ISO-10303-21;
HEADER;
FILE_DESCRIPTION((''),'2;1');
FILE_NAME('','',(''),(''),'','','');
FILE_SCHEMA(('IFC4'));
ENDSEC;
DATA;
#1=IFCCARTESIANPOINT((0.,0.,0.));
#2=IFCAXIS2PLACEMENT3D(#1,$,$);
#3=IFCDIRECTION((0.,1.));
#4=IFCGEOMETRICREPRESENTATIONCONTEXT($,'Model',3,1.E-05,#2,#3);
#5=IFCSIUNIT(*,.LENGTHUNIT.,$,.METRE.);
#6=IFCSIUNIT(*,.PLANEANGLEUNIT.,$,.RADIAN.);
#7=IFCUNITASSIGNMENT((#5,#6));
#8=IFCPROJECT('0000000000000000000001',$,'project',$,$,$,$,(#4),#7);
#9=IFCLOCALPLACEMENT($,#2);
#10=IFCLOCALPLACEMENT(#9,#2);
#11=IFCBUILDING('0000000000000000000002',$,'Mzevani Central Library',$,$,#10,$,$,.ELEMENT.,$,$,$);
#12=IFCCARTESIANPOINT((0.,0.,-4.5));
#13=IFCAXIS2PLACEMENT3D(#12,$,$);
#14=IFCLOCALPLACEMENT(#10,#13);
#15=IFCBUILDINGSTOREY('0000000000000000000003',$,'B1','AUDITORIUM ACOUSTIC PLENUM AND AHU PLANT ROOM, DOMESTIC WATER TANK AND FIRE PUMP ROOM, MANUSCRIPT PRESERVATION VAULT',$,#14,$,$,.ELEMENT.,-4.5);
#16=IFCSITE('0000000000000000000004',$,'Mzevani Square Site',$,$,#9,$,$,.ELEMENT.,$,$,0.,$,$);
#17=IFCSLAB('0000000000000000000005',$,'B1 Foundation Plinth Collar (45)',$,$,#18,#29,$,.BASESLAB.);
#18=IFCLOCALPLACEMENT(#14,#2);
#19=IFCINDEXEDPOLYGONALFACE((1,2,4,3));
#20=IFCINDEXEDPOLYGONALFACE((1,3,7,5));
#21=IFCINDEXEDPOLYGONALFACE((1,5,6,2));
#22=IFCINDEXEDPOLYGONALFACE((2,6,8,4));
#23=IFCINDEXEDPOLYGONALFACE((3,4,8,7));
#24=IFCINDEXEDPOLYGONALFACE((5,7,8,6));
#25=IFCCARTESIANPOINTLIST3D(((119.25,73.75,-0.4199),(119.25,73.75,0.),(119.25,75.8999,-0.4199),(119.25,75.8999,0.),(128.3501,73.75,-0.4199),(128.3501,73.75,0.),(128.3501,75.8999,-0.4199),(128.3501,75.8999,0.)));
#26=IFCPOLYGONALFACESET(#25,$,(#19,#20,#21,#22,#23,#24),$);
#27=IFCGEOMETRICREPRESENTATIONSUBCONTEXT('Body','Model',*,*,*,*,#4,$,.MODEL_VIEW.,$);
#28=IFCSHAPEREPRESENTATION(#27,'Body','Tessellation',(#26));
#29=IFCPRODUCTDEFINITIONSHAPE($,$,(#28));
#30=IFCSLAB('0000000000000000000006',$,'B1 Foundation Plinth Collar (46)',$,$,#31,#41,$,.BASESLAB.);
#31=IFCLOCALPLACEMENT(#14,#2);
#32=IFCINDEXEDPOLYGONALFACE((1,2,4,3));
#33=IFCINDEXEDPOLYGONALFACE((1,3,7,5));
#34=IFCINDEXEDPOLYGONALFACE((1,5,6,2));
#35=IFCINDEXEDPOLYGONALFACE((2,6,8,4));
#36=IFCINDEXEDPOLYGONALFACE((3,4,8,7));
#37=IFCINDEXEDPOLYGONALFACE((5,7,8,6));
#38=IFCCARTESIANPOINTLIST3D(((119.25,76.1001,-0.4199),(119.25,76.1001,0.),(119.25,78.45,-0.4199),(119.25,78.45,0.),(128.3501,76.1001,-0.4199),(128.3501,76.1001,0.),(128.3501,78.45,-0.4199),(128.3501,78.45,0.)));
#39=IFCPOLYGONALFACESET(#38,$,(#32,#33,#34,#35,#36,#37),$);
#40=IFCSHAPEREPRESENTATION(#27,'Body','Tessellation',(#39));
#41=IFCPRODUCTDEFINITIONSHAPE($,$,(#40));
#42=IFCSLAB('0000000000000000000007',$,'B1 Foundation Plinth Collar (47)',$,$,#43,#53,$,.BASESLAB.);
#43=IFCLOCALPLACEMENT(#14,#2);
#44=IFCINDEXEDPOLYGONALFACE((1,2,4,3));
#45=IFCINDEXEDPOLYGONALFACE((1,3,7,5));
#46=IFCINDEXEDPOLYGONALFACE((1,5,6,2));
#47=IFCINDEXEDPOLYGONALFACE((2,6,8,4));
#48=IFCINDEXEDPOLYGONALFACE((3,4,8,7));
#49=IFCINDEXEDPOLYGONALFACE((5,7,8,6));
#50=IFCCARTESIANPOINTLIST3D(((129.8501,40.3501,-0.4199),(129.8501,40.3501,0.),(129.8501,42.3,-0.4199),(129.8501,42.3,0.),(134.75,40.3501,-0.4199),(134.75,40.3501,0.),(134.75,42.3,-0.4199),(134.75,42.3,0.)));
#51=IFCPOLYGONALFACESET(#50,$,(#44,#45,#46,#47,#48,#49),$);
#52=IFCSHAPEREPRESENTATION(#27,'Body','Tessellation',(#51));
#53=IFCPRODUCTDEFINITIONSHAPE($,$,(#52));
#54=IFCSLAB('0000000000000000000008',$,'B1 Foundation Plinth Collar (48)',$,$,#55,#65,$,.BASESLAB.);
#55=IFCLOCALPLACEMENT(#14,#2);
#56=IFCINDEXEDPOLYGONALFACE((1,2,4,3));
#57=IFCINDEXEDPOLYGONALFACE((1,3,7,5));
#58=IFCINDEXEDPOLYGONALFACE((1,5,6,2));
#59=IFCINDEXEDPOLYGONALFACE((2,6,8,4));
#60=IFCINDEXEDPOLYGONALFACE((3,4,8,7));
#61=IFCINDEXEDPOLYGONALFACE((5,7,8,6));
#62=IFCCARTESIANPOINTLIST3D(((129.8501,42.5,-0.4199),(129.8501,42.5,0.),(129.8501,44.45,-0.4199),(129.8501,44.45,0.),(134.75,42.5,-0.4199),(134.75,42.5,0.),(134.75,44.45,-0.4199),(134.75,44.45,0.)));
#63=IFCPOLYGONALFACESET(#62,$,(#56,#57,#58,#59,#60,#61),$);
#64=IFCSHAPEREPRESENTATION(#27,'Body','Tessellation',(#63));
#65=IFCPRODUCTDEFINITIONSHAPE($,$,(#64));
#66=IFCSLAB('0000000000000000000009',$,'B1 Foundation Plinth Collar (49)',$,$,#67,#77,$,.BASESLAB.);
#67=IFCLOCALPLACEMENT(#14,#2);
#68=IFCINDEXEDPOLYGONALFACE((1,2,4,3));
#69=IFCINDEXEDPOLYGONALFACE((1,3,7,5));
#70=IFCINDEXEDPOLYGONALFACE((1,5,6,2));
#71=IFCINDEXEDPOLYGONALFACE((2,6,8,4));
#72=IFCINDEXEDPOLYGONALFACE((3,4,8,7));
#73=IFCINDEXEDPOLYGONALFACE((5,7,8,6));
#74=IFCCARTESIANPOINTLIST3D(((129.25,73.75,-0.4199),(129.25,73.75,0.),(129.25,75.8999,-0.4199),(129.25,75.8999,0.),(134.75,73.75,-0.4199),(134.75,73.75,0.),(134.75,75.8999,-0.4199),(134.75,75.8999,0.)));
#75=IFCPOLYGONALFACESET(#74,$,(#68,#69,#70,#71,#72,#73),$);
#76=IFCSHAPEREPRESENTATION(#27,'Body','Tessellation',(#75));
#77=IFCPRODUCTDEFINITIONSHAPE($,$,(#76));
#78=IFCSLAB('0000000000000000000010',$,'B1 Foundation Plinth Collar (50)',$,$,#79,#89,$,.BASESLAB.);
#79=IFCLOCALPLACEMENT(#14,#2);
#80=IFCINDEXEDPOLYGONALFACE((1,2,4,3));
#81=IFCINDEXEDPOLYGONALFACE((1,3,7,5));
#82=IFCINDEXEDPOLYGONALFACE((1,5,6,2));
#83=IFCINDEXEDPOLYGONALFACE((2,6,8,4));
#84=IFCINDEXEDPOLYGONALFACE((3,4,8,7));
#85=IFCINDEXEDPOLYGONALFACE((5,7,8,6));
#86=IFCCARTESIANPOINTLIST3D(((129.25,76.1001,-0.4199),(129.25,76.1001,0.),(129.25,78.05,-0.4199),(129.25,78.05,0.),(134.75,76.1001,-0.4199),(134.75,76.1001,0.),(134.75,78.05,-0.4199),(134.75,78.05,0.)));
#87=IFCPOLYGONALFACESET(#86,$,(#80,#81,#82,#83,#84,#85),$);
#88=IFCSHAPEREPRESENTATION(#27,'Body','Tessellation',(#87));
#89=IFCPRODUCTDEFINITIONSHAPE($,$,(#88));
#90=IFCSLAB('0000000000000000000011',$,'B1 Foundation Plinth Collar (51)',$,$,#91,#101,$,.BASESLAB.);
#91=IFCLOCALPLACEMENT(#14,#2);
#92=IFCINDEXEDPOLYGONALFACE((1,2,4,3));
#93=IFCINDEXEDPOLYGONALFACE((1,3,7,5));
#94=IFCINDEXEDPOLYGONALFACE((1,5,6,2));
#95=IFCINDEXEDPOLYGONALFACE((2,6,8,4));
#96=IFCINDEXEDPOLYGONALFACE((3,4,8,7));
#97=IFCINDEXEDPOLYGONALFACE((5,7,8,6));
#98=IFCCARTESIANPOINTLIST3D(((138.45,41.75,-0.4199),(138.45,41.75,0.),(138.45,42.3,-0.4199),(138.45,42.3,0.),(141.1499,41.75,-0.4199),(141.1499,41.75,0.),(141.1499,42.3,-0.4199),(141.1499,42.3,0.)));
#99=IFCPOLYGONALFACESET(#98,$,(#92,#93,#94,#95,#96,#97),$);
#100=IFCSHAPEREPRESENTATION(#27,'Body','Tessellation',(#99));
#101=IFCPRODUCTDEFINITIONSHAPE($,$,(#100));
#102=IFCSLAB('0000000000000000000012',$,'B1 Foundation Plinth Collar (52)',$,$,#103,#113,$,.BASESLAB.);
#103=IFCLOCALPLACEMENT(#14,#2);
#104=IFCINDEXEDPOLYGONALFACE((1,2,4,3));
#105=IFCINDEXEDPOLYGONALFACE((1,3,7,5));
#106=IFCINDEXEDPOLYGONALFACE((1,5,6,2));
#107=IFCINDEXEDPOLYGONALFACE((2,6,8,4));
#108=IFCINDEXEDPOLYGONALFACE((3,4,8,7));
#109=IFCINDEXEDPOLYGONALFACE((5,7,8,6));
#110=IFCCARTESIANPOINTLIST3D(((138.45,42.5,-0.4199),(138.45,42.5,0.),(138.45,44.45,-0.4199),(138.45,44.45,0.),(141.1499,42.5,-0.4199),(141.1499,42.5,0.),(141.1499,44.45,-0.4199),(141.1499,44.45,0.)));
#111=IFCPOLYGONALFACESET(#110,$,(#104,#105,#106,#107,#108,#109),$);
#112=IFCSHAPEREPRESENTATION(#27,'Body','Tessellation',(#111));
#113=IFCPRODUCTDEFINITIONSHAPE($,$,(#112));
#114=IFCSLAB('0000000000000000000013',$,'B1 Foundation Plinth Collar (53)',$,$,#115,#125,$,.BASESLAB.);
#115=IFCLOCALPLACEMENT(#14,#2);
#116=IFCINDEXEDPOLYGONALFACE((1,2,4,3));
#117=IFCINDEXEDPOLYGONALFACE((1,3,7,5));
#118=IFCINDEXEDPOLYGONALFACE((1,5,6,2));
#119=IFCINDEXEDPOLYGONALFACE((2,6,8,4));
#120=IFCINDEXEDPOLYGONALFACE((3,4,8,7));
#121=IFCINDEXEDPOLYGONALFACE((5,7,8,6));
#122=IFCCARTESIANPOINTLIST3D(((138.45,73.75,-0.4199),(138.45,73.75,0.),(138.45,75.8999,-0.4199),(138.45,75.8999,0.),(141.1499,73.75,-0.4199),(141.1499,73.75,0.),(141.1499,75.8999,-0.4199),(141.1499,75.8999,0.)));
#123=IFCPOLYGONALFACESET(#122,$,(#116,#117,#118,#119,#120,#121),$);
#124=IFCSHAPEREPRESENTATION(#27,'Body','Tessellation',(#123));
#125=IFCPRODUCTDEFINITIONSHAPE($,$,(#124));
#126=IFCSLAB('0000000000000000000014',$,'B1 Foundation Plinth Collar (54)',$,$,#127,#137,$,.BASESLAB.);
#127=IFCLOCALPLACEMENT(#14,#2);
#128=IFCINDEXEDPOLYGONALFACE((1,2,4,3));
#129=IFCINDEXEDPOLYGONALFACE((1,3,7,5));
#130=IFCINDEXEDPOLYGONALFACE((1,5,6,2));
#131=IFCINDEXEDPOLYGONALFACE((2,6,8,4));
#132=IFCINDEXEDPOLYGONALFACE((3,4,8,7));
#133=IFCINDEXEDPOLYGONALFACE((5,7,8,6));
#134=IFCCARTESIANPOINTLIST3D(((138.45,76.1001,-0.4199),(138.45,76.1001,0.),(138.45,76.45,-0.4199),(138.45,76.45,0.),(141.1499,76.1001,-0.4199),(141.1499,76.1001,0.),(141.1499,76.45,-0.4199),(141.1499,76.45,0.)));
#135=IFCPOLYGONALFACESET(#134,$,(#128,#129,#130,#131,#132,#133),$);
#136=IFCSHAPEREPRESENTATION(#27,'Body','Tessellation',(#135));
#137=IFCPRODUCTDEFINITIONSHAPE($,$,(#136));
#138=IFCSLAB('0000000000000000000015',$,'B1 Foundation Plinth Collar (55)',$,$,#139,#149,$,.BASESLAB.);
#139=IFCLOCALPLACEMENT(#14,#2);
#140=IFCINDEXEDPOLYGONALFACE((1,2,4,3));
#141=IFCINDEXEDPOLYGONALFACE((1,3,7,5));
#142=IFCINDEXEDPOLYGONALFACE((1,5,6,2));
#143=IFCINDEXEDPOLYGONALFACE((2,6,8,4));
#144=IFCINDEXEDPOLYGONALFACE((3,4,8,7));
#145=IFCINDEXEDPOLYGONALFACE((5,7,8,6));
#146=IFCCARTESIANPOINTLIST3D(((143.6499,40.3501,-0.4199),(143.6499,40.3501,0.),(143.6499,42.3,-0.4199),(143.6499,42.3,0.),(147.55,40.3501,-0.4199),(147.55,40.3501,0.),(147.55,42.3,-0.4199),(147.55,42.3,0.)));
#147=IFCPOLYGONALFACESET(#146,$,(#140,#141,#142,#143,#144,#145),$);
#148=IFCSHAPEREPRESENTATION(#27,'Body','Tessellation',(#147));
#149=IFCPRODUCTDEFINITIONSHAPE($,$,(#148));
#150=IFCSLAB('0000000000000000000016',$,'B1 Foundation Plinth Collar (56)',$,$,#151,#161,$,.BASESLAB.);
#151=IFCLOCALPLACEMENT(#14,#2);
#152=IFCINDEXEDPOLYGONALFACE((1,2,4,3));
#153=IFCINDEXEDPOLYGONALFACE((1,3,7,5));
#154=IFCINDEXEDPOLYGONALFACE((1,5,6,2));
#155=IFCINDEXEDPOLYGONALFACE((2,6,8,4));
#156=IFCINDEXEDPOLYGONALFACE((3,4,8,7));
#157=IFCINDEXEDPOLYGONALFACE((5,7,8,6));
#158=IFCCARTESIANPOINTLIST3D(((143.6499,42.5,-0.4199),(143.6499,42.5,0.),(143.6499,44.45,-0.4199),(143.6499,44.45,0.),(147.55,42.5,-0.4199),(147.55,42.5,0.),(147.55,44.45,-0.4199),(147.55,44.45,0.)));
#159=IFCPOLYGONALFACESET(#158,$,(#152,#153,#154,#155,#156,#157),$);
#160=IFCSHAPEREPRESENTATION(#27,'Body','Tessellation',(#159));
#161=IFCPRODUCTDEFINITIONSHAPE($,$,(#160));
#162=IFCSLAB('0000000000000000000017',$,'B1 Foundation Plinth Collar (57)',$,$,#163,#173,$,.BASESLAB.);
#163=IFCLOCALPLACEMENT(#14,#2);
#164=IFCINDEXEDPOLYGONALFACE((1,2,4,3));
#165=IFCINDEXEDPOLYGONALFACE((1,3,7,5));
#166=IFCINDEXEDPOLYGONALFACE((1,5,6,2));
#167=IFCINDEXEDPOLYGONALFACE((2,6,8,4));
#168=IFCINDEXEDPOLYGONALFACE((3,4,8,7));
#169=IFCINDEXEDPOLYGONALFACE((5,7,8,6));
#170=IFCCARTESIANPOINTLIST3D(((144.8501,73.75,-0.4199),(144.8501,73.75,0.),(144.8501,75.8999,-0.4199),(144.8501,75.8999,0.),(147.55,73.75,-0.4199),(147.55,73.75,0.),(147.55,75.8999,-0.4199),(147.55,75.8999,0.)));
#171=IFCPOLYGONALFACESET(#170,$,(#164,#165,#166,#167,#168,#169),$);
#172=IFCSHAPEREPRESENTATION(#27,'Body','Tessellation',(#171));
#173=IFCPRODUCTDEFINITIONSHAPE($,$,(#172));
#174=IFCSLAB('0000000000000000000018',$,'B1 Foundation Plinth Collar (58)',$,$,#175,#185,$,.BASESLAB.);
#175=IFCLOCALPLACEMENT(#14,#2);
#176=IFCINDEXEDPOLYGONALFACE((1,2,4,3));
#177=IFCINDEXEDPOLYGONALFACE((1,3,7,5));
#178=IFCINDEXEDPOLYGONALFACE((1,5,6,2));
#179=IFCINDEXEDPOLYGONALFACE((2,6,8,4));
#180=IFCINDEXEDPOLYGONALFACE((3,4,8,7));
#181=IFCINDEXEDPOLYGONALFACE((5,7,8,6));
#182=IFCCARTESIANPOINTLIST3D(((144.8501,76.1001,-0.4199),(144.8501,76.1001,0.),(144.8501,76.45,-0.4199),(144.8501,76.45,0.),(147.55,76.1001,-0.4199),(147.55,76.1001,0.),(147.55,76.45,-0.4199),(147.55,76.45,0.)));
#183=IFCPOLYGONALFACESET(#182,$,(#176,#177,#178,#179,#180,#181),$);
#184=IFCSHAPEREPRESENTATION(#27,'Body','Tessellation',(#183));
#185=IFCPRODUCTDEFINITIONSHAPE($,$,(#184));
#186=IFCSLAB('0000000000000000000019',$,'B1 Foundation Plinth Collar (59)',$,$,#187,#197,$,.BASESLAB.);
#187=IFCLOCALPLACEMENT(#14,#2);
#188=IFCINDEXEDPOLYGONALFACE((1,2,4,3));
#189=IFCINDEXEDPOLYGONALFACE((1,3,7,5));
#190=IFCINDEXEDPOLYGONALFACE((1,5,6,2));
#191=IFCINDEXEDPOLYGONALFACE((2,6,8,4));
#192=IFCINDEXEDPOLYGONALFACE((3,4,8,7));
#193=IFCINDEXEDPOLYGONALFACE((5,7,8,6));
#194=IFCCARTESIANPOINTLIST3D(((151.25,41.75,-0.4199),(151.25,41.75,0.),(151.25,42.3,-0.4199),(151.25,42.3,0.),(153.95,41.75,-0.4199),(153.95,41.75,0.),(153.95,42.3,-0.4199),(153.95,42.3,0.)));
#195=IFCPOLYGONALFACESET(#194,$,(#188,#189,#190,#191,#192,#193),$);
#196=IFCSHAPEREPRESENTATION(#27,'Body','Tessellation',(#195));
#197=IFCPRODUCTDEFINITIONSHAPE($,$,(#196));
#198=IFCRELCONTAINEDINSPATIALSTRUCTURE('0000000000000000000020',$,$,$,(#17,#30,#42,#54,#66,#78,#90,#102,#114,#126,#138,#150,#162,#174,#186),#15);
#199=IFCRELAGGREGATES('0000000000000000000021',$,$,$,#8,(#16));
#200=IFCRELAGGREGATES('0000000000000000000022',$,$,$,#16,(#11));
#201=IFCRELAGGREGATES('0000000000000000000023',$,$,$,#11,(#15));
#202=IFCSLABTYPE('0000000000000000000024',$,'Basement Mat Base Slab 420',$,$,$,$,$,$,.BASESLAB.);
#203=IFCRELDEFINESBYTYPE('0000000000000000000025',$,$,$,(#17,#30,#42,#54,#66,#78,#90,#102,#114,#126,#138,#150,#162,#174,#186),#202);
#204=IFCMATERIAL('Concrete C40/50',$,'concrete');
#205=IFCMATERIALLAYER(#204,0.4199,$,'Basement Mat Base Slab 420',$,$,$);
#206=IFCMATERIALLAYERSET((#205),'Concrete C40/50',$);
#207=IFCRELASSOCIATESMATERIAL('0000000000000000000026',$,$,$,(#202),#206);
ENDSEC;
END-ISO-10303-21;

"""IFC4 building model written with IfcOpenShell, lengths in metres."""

from ifc_helpers import new_model, si_unit, direction, frame, origin, place, context, subcontext, project, spatial, polyline, outline, extrude, material, layer, layer_set, type_object, element, save


model = new_model("IFC4")

# Units and contexts
model_context = context("Model", 3, precision=1e-05, world=origin(), true_north=direction((0.0, 1.0)))
body_context = subcontext(model_context, "Body", "Model", "MODEL_VIEW")
ifc_project = project(units=[si_unit("LENGTHUNIT", "METRE"), si_unit("PLANEANGLEUNIT", "RADIAN")], contexts=[model_context])

# Site, building, storey
site_placement = place(None, origin())
site = spatial("IfcSite", under=ifc_project, at=site_placement, Name="Mzevani Square Site", CompositionType="ELEMENT", RefElevation=0.0)
building_placement = place(site_placement, origin())
building = spatial("IfcBuilding", under=site, at=building_placement, Name="Mzevani Central Library", CompositionType="ELEMENT")
storey_placement = place(building_placement, frame((0.0, 0.0, -4.5)))
storey = spatial("IfcBuildingStorey", under=building, at=storey_placement, Name="B1", Description="AUDITORIUM ACOUSTIC PLENUM AND AHU PLANT ROOM, DOMESTIC WATER TANK AND FIRE PUMP ROOM, MANUSCRIPT PRESERVATION VAULT", CompositionType="ELEMENT", Elevation=-4.5)

# Slabs
ifc_material = material(Name="Concrete C40/50", Category="concrete")
ifc_layer = layer(ifc_material, 0.4199, Name="Basement Mat Base Slab 420")
ifc_layer_set = layer_set([ifc_layer], Name="Concrete C40/50")
slab_type = type_object("IfcSlabType", Name="Basement Mat Base Slab 420", PredefinedType="BASESLAB", material=ifc_layer_set)
slab_1_placement = place(storey_placement, frame((0.0, 0.0, -0.4199)))
element("IfcSlab", 1, at=slab_1_placement, inside=storey, type_object=slab_type, Name="B1 Foundation Plinth Collar (45)", PredefinedType="BASESLAB", context=body_context, shape_type="SweptSolid", body=[
    extrude(outline(polyline([(119.25, 75.8999), (128.3501, 75.8999), (128.3501, 73.75), (119.25, 73.75), (119.25, 75.8999)])), origin(), (0.0, 0.0, 1.0), 0.4199),
])
slab_2_placement = place(storey_placement, frame((0.0, 0.0, -0.4199)))
element("IfcSlab", 2, at=slab_2_placement, inside=storey, type_object=slab_type, Name="B1 Foundation Plinth Collar (46)", PredefinedType="BASESLAB", context=body_context, shape_type="SweptSolid", body=[
    extrude(outline(polyline([(119.25, 78.45), (128.3501, 78.45), (128.3501, 76.1001), (119.25, 76.1001), (119.25, 78.45)])), origin(), (0.0, 0.0, 1.0), 0.4199),
])
slab_3_placement = place(storey_placement, frame((0.0, 0.0, -0.4199)))
element("IfcSlab", 3, at=slab_3_placement, inside=storey, type_object=slab_type, Name="B1 Foundation Plinth Collar (47)", PredefinedType="BASESLAB", context=body_context, shape_type="SweptSolid", body=[
    extrude(outline(polyline([(129.8501, 42.3), (134.75, 42.3), (134.75, 40.3501), (129.8501, 40.3501), (129.8501, 42.3)])), origin(), (0.0, 0.0, 1.0), 0.4199),
])
slab_4_placement = place(storey_placement, frame((0.0, 0.0, -0.4199)))
element("IfcSlab", 4, at=slab_4_placement, inside=storey, type_object=slab_type, Name="B1 Foundation Plinth Collar (48)", PredefinedType="BASESLAB", context=body_context, shape_type="SweptSolid", body=[
    extrude(outline(polyline([(129.8501, 44.45), (134.75, 44.45), (134.75, 42.5), (129.8501, 42.5), (129.8501, 44.45)])), origin(), (0.0, 0.0, 1.0), 0.4199),
])
slab_5_placement = place(storey_placement, frame((0.0, 0.0, -0.4199)))
element("IfcSlab", 5, at=slab_5_placement, inside=storey, type_object=slab_type, Name="B1 Foundation Plinth Collar (49)", PredefinedType="BASESLAB", context=body_context, shape_type="SweptSolid", body=[
    extrude(outline(polyline([(129.25, 75.8999), (134.75, 75.8999), (134.75, 73.75), (129.25, 73.75), (129.25, 75.8999)])), origin(), (0.0, 0.0, 1.0), 0.4199),
])
slab_6_placement = place(storey_placement, frame((0.0, 0.0, -0.4199)))
element("IfcSlab", 6, at=slab_6_placement, inside=storey, type_object=slab_type, Name="B1 Foundation Plinth Collar (50)", PredefinedType="BASESLAB", context=body_context, shape_type="SweptSolid", body=[
    extrude(outline(polyline([(129.25, 78.05), (134.75, 78.05), (134.75, 76.1001), (129.25, 76.1001), (129.25, 78.05)])), origin(), (0.0, 0.0, 1.0), 0.4199),
])
slab_7_placement = place(storey_placement, frame((0.0, 0.0, -0.4199)))
element("IfcSlab", 7, at=slab_7_placement, inside=storey, type_object=slab_type, Name="B1 Foundation Plinth Collar (51)", PredefinedType="BASESLAB", context=body_context, shape_type="SweptSolid", body=[
    extrude(outline(polyline([(138.45, 42.3), (141.1499, 42.3), (141.1499, 41.75), (138.45, 41.75), (138.45, 42.3)])), origin(), (0.0, 0.0, 1.0), 0.4199),
])
slab_8_placement = place(storey_placement, frame((0.0, 0.0, -0.4199)))
element("IfcSlab", 8, at=slab_8_placement, inside=storey, type_object=slab_type, Name="B1 Foundation Plinth Collar (52)", PredefinedType="BASESLAB", context=body_context, shape_type="SweptSolid", body=[
    extrude(outline(polyline([(138.45, 44.45), (141.1499, 44.45), (141.1499, 42.5), (138.45, 42.5), (138.45, 44.45)])), origin(), (0.0, 0.0, 1.0), 0.4199),
])
slab_9_placement = place(storey_placement, frame((0.0, 0.0, -0.4199)))
element("IfcSlab", 9, at=slab_9_placement, inside=storey, type_object=slab_type, Name="B1 Foundation Plinth Collar (53)", PredefinedType="BASESLAB", context=body_context, shape_type="SweptSolid", body=[
    extrude(outline(polyline([(138.45, 75.8999), (141.1499, 75.8999), (141.1499, 73.75), (138.45, 73.75), (138.45, 75.8999)])), origin(), (0.0, 0.0, 1.0), 0.4199),
])
slab_10_placement = place(storey_placement, frame((0.0, 0.0, -0.4199)))
element("IfcSlab", 10, at=slab_10_placement, inside=storey, type_object=slab_type, Name="B1 Foundation Plinth Collar (54)", PredefinedType="BASESLAB", context=body_context, shape_type="SweptSolid", body=[
    extrude(outline(polyline([(138.45, 76.45), (141.1499, 76.45), (141.1499, 76.1001), (138.45, 76.1001), (138.45, 76.45)])), origin(), (0.0, 0.0, 1.0), 0.4199),
])
slab_11_placement = place(storey_placement, frame((0.0, 0.0, -0.4199)))
element("IfcSlab", 11, at=slab_11_placement, inside=storey, type_object=slab_type, Name="B1 Foundation Plinth Collar (55)", PredefinedType="BASESLAB", context=body_context, shape_type="SweptSolid", body=[
    extrude(outline(polyline([(143.6499, 42.3), (147.55, 42.3), (147.55, 40.3501), (143.6499, 40.3501), (143.6499, 42.3)])), origin(), (0.0, 0.0, 1.0), 0.4199),
])
slab_12_placement = place(storey_placement, frame((0.0, 0.0, -0.4199)))
element("IfcSlab", 12, at=slab_12_placement, inside=storey, type_object=slab_type, Name="B1 Foundation Plinth Collar (56)", PredefinedType="BASESLAB", context=body_context, shape_type="SweptSolid", body=[
    extrude(outline(polyline([(143.6499, 44.45), (147.55, 44.45), (147.55, 42.5), (143.6499, 42.5), (143.6499, 44.45)])), origin(), (0.0, 0.0, 1.0), 0.4199),
])
slab_13_placement = place(storey_placement, frame((0.0, 0.0, -0.4199)))
element("IfcSlab", 13, at=slab_13_placement, inside=storey, type_object=slab_type, Name="B1 Foundation Plinth Collar (57)", PredefinedType="BASESLAB", context=body_context, shape_type="SweptSolid", body=[
    extrude(outline(polyline([(144.8501, 75.8999), (147.55, 75.8999), (147.55, 73.75), (144.8501, 73.75), (144.8501, 75.8999)])), origin(), (0.0, 0.0, 1.0), 0.4199),
])
slab_14_placement = place(storey_placement, frame((0.0, 0.0, -0.4199)))
element("IfcSlab", 14, at=slab_14_placement, inside=storey, type_object=slab_type, Name="B1 Foundation Plinth Collar (58)", PredefinedType="BASESLAB", context=body_context, shape_type="SweptSolid", body=[
    extrude(outline(polyline([(144.8501, 76.45), (147.55, 76.45), (147.55, 76.1001), (144.8501, 76.1001), (144.8501, 76.45)])), origin(), (0.0, 0.0, 1.0), 0.4199),
])
slab_15_placement = place(storey_placement, frame((0.0, 0.0, -0.4199)))
element("IfcSlab", 15, at=slab_15_placement, inside=storey, type_object=slab_type, Name="B1 Foundation Plinth Collar (59)", PredefinedType="BASESLAB", context=body_context, shape_type="SweptSolid", body=[
    extrude(outline(polyline([(151.25, 42.3), (153.95, 42.3), (153.95, 41.75), (151.25, 41.75), (151.25, 42.3)])), origin(), (0.0, 0.0, 1.0), 0.4199),
])

save(model, "model.ifc")
